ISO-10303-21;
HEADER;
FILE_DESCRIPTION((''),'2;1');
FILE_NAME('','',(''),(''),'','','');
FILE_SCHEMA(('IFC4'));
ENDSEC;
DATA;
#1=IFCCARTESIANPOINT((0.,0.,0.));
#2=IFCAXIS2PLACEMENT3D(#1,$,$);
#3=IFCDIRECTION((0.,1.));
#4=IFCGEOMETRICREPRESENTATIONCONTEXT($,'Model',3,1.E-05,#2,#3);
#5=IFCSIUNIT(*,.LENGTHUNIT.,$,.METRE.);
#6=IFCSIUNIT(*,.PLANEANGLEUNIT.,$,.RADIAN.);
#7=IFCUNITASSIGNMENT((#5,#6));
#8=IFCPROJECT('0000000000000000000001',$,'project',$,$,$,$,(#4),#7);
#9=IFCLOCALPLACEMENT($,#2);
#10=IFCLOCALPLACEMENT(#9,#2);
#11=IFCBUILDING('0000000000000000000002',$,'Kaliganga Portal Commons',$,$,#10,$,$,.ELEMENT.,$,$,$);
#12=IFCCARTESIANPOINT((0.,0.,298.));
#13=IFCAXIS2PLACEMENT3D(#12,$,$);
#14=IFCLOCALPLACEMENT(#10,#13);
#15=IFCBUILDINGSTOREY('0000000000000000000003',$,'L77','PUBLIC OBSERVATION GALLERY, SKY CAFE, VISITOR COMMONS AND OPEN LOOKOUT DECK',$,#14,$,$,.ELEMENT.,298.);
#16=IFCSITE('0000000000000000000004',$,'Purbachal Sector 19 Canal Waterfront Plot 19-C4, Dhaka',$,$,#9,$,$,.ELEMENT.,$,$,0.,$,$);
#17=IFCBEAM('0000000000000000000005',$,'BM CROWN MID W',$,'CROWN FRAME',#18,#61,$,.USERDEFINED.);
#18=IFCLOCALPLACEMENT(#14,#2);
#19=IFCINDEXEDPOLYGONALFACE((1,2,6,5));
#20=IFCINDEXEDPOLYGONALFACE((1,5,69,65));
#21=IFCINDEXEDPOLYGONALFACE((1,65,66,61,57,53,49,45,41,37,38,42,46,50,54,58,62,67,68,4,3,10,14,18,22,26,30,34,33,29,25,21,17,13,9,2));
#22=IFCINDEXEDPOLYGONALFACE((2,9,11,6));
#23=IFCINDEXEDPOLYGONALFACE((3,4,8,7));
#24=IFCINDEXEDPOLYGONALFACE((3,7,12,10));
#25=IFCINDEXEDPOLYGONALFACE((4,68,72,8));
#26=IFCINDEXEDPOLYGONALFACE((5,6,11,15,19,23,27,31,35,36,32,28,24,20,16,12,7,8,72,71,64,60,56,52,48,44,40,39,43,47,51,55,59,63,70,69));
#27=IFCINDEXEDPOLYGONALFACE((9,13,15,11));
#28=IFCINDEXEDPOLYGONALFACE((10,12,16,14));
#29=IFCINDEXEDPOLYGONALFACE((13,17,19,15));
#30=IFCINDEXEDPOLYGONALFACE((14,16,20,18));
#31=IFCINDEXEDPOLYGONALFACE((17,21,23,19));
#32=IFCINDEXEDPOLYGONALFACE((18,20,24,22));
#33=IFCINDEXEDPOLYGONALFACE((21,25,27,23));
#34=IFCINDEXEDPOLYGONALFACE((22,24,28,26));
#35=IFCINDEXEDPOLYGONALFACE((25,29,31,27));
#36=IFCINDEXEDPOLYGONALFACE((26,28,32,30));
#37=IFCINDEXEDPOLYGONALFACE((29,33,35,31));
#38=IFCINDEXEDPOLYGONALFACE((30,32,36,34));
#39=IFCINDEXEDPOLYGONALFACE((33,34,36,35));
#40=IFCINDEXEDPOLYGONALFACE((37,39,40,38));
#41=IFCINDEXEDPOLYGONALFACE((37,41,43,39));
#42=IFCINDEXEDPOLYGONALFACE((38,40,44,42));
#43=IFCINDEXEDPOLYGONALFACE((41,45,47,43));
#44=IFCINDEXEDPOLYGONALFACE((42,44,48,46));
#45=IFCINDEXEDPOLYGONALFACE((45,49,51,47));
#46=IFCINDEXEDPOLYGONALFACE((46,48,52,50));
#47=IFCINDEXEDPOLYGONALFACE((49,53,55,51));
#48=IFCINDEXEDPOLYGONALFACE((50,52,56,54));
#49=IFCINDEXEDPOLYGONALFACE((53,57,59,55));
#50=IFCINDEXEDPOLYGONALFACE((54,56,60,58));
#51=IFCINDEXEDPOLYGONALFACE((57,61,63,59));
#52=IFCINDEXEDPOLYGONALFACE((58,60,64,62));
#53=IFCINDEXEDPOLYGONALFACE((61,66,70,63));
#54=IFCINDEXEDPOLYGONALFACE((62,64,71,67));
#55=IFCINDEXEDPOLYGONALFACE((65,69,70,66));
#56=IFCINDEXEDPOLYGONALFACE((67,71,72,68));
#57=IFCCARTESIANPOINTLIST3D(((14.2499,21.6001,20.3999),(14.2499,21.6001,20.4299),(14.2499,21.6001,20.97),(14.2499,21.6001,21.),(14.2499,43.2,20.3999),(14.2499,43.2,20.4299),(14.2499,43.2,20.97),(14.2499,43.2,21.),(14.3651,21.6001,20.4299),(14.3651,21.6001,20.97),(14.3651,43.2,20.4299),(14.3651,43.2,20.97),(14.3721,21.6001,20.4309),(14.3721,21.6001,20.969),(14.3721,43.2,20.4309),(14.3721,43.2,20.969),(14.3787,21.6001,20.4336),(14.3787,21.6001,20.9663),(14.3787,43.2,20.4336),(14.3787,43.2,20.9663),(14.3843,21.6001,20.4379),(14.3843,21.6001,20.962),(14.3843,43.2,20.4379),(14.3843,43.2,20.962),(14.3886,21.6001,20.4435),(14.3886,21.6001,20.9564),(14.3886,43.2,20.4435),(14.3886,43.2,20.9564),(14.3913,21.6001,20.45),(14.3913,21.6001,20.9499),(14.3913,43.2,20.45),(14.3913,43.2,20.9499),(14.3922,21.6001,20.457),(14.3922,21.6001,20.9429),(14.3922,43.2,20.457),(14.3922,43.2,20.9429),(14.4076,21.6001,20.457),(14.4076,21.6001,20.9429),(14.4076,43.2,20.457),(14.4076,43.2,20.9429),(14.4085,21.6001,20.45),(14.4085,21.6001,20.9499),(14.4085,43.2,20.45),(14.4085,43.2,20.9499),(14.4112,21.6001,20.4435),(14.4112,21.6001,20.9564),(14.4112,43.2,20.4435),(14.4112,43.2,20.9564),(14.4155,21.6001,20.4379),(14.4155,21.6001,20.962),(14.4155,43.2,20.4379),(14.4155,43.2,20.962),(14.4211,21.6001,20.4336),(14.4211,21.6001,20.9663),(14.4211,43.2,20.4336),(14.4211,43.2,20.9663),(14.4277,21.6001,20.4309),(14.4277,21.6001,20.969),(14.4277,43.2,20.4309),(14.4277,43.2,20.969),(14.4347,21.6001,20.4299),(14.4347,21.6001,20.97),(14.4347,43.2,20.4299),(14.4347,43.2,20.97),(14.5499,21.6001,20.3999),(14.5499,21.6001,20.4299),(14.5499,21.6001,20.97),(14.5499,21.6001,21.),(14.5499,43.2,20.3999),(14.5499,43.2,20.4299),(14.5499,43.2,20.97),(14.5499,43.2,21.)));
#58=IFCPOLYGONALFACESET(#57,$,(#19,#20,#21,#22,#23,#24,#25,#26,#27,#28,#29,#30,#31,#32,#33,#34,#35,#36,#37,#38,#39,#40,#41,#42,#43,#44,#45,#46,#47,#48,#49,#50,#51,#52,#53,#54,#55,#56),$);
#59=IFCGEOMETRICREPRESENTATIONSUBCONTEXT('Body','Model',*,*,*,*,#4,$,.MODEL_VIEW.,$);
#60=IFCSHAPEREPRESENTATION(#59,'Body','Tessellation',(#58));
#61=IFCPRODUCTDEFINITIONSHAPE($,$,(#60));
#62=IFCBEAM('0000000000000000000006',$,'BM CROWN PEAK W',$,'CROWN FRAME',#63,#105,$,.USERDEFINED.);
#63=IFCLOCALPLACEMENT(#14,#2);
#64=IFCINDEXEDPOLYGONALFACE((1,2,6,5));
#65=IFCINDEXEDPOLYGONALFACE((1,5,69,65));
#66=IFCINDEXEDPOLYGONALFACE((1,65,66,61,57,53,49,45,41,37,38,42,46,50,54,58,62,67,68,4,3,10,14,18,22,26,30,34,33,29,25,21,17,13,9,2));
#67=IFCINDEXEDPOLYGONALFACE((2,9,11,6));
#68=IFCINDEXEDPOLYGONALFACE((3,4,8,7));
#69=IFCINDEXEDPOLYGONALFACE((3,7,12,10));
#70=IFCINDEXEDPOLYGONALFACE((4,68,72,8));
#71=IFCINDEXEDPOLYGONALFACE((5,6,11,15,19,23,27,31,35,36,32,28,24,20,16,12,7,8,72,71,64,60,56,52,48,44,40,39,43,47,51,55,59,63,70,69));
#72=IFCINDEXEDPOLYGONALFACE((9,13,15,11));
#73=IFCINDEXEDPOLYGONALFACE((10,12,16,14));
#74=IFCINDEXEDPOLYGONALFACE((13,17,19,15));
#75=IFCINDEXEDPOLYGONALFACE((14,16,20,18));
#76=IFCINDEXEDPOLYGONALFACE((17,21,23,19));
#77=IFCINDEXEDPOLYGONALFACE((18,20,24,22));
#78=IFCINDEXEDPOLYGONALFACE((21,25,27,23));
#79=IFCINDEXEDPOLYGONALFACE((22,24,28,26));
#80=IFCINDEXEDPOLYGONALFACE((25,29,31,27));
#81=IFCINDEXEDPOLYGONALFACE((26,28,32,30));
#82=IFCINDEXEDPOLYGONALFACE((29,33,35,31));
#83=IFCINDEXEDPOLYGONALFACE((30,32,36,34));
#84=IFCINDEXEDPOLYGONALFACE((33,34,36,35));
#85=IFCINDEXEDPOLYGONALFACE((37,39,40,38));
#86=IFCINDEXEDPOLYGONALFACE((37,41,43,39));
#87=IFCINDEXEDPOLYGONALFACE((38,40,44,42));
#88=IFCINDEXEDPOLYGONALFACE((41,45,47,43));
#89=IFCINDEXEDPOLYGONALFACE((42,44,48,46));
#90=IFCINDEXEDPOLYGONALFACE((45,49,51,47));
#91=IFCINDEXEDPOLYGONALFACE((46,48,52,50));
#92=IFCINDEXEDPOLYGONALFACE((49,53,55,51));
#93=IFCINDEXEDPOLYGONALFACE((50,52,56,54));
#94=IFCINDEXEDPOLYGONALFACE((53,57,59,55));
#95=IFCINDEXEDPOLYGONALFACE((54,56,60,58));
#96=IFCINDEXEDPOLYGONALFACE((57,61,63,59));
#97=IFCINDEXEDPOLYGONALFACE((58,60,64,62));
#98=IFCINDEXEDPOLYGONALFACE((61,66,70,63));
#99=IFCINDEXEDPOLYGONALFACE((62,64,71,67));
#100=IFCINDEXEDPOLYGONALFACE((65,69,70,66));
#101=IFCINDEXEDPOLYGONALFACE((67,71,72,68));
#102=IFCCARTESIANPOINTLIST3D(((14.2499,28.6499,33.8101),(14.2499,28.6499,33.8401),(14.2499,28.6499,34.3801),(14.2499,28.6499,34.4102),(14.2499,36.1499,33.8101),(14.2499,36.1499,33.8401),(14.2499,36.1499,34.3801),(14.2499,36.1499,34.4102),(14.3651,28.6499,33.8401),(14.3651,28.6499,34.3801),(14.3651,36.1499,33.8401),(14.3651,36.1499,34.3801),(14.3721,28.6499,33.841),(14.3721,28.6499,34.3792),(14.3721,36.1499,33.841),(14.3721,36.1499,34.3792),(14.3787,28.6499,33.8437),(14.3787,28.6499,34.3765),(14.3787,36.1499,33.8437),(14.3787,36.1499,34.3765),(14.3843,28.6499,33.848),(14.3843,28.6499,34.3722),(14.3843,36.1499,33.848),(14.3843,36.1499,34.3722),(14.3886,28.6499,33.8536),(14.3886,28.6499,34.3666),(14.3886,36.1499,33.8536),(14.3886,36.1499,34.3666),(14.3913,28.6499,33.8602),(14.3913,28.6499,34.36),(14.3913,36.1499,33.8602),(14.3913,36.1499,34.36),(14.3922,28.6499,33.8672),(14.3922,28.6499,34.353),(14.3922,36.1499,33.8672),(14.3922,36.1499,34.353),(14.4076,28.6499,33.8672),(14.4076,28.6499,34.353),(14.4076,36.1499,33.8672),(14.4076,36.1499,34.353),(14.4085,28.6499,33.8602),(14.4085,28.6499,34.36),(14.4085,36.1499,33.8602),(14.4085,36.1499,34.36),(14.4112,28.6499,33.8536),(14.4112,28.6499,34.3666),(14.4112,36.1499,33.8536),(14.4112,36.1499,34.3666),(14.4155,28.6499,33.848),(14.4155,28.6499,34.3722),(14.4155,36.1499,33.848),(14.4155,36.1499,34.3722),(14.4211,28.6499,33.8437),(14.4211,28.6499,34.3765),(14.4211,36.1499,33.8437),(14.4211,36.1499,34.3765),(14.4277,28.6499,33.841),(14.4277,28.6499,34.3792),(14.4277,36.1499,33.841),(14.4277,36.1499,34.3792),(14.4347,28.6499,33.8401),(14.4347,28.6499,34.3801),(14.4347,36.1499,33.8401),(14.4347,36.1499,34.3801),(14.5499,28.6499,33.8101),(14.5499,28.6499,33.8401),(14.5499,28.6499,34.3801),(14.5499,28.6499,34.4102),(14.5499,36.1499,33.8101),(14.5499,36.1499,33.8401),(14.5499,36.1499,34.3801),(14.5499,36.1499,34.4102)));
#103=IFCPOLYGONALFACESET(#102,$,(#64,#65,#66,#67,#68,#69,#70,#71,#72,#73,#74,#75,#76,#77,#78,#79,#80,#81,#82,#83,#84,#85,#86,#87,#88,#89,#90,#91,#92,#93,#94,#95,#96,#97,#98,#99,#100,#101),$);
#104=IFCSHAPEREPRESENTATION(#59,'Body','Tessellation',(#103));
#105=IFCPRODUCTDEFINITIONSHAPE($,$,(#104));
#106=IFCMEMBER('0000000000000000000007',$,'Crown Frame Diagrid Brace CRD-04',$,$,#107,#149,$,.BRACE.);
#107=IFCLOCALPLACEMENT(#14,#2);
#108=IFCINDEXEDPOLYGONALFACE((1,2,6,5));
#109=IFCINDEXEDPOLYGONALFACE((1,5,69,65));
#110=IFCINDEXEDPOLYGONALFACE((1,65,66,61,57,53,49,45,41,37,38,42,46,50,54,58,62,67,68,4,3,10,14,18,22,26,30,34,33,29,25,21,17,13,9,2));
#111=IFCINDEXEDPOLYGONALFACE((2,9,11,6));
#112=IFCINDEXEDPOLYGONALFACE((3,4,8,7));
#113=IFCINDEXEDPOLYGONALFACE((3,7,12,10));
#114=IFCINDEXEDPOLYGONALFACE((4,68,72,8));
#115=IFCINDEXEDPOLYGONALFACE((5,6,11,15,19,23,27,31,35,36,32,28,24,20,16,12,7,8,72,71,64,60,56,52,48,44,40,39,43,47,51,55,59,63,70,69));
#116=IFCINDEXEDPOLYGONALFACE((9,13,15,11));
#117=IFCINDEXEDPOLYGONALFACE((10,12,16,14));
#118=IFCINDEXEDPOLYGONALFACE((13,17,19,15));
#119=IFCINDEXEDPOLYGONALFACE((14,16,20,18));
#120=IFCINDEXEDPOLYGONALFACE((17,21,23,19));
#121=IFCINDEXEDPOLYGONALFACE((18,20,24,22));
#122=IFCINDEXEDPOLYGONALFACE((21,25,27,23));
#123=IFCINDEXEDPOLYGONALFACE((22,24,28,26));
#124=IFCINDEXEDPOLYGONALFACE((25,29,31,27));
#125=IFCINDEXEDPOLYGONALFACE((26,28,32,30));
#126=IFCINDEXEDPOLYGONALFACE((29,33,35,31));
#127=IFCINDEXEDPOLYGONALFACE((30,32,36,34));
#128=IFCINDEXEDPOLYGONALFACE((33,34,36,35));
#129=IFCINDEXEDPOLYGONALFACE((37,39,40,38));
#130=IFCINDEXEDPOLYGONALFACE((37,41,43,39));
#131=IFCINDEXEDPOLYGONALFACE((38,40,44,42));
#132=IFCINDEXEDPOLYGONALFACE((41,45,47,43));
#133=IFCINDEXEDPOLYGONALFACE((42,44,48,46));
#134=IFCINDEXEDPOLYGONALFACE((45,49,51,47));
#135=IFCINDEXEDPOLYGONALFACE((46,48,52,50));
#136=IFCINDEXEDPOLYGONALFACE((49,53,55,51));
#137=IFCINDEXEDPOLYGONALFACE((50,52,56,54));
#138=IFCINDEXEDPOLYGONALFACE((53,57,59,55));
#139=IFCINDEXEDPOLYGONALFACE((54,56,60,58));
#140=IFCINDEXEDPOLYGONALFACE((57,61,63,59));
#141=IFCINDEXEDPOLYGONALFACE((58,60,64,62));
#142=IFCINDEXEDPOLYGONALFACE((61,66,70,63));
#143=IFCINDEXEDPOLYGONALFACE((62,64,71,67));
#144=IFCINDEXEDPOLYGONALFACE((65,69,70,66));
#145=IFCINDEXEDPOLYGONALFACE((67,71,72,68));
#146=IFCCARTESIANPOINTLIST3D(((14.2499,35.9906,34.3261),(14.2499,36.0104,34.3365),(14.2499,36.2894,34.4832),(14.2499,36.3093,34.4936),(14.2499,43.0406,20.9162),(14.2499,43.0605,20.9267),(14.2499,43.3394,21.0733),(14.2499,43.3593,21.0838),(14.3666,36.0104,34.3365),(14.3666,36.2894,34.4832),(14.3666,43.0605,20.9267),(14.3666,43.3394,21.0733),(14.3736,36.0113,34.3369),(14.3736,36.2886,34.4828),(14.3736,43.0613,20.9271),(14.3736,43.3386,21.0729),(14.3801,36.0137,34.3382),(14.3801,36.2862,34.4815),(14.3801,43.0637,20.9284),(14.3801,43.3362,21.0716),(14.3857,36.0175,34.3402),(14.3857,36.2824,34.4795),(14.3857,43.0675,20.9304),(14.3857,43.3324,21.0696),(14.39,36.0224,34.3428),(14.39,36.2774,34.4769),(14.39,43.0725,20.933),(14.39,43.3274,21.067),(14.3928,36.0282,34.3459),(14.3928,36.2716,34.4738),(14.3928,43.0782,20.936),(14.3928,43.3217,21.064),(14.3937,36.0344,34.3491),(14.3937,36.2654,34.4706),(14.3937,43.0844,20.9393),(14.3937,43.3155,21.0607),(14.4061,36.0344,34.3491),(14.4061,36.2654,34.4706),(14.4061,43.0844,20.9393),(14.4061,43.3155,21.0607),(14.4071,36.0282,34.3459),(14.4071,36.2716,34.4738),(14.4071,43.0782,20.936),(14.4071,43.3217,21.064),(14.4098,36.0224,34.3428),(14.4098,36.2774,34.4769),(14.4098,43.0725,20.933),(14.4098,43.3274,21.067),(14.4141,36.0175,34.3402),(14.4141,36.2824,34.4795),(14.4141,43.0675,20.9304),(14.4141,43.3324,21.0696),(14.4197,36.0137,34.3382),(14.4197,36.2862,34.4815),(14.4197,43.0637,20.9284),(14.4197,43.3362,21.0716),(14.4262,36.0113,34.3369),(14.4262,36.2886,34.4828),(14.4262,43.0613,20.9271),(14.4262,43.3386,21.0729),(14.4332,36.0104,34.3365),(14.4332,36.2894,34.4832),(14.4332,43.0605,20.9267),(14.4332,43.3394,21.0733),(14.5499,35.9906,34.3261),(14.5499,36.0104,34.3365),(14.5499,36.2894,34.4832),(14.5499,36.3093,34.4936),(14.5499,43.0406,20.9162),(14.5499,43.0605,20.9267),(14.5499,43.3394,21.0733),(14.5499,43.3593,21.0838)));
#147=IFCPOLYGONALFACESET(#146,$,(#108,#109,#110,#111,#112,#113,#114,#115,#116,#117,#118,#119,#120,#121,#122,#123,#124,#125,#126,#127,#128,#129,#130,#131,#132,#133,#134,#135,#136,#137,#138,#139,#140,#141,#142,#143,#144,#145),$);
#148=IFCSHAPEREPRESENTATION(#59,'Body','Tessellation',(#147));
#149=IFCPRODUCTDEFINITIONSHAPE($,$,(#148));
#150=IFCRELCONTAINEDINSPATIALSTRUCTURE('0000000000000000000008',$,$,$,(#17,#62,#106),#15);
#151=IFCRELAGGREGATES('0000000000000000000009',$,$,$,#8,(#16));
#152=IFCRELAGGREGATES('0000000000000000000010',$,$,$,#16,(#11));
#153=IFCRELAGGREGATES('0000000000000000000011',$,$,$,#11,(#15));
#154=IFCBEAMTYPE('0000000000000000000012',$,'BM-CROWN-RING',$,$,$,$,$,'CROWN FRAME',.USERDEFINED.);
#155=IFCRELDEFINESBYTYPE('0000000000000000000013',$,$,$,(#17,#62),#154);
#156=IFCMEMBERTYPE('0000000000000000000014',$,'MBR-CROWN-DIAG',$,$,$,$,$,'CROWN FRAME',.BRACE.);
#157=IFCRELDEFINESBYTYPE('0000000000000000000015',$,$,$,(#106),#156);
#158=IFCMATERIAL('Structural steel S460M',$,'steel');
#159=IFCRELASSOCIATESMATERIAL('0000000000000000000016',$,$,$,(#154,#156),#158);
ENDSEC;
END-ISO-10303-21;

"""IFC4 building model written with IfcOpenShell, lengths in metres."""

from ifc_helpers import new_model, si_unit, direction, frame, origin, origin_2d, place, context, subcontext, project, spatial, i_section, extrude, source, transform, mapped, material, material_profile, profile_set, type_object, element, save


model = new_model("IFC4")

# Units and contexts
model_context = context("Model", 3, precision=1e-05, world=origin(), true_north=direction((0.0, 1.0)))
body_context = subcontext(model_context, "Body", "Model", "MODEL_VIEW")
ifc_project = project(units=[si_unit("LENGTHUNIT", "METRE"), si_unit("PLANEANGLEUNIT", "RADIAN")], contexts=[model_context])

# Site, building, storey
site_placement = place(None, origin())
site = spatial("IfcSite", under=ifc_project, at=site_placement, Name="Purbachal Sector 19 Canal Waterfront Plot 19-C4, Dhaka", CompositionType="ELEMENT", RefElevation=0.0)
building_placement = place(site_placement, origin())
building = spatial("IfcBuilding", under=site, at=building_placement, Name="Kaliganga Portal Commons", CompositionType="ELEMENT")
storey_placement = place(building_placement, frame((0.0, 0.0, 298.0)))
storey = spatial("IfcBuildingStorey", under=building, at=storey_placement, Name="L77", Description="PUBLIC OBSERVATION GALLERY, SKY CAFE, VISITOR COMMONS AND OPEN LOOKOUT DECK", CompositionType="ELEMENT", Elevation=298.0)

# Beams
ifc_material_1 = material(Name="Structural steel S460M", Category="steel")
ifc_material_profile_1 = material_profile(ifc_material_1, i_section(OverallWidth=0.3, OverallDepth=0.6001, WebThickness=0.0154, FlangeThickness=0.03, FilletRadius=0.0271, at=origin_2d()), Name="HE 600 B")
ifc_profile_set_1 = profile_set([ifc_material_profile_1], Name="Structural steel S460M wide-flange")
beam_type = type_object("IfcBeamType", Name="BM-CROWN-RING", ElementType="CROWN FRAME", PredefinedType="USERDEFINED", material=ifc_profile_set_1)
shared_shape_1 = source(origin(), body_context, "Body", "SweptSolid", [
    extrude(i_section(OverallWidth=0.3, OverallDepth=0.6001, WebThickness=0.0154, FlangeThickness=0.03, FilletRadius=0.0271, at=origin_2d()), origin(), (0.0, 0.0, 1.0), 21.5999),
])
beam_1_placement = place(storey_placement, frame((14.3999, 43.2, 20.7), z_axis=(0.0, -1.0, 0.0), x_axis=(1.0, 0.0, 0.0)))
element("IfcBeam", 1, at=beam_1_placement, inside=storey, type_object=beam_type, Name="BM CROWN MID W", ObjectType="CROWN FRAME", PredefinedType="USERDEFINED", context=body_context, shape_type="MappedRepresentation", body=[
    mapped(shared_shape_1, transform((0.0, 0.0, 0.0), x_axis=(1.0, 0.0, 0.0), y_axis=(0.0, 1.0, 0.0), z_axis=(0.0, 0.0, 1.0), scale=1.0)),
])
shared_shape_2 = source(origin(), body_context, "Body", "SweptSolid", [
    extrude(i_section(OverallWidth=0.3, OverallDepth=0.6001, WebThickness=0.0154, FlangeThickness=0.03, FilletRadius=0.0271, at=origin_2d()), origin(), (0.0, 0.0, 1.0), 7.5),
])
beam_2_placement = place(storey_placement, frame((14.3999, 36.1499, 34.1101), z_axis=(0.0, -1.0, 0.0), x_axis=(1.0, 0.0, 0.0)))
element("IfcBeam", 2, at=beam_2_placement, inside=storey, type_object=beam_type, Name="BM CROWN PEAK W", ObjectType="CROWN FRAME", PredefinedType="USERDEFINED", context=body_context, shape_type="MappedRepresentation", body=[
    mapped(shared_shape_2, transform((0.0, 0.0, 0.0), x_axis=(1.0, 0.0, 0.0), y_axis=(0.0, 1.0, 0.0), z_axis=(0.0, 0.0, 1.0), scale=1.0)),
])

# Member
ifc_material_profile_2 = material_profile(ifc_material_1, i_section(OverallWidth=0.3, OverallDepth=0.3601, WebThickness=0.0125, FlangeThickness=0.0225, FilletRadius=0.0271, at=origin_2d()), Name="HE 360 B")
ifc_profile_set_2 = profile_set([ifc_material_profile_2], Name="Structural steel S460M wide-flange")
member_type_1 = type_object("IfcMemberType", Name="MBR-CROWN-DIAG", ElementType="CROWN FRAME", PredefinedType="BRACE", material=ifc_profile_set_2)
shared_shape_3 = source(origin(), body_context, "Body", "SweptSolid", [
    extrude(i_section(OverallWidth=0.3, OverallDepth=0.3601, WebThickness=0.0125, FlangeThickness=0.0225, FilletRadius=0.0271, at=origin_2d()), origin(), (0.0, 0.0, 1.0), 15.1501),
])
member_1_placement = place(storey_placement, frame((14.3999, 43.2, 21.0), z_axis=(0.0, -0.465343, 0.88513), x_axis=(1.0, 0.0, 0.0)))
element("IfcMember", 3, at=member_1_placement, inside=storey, type_object=member_type_1, Name="Crown Frame Diagrid Brace CRD-04", PredefinedType="BRACE", context=body_context, shape_type="MappedRepresentation", body=[
    mapped(shared_shape_3, transform((0.0, 0.0, 0.0), x_axis=(1.0, 0.0, 0.0), y_axis=(0.0, 1.0, 0.0), z_axis=(0.0, 0.0, 1.0), scale=1.0)),
])

save(model, "model.ifc")
